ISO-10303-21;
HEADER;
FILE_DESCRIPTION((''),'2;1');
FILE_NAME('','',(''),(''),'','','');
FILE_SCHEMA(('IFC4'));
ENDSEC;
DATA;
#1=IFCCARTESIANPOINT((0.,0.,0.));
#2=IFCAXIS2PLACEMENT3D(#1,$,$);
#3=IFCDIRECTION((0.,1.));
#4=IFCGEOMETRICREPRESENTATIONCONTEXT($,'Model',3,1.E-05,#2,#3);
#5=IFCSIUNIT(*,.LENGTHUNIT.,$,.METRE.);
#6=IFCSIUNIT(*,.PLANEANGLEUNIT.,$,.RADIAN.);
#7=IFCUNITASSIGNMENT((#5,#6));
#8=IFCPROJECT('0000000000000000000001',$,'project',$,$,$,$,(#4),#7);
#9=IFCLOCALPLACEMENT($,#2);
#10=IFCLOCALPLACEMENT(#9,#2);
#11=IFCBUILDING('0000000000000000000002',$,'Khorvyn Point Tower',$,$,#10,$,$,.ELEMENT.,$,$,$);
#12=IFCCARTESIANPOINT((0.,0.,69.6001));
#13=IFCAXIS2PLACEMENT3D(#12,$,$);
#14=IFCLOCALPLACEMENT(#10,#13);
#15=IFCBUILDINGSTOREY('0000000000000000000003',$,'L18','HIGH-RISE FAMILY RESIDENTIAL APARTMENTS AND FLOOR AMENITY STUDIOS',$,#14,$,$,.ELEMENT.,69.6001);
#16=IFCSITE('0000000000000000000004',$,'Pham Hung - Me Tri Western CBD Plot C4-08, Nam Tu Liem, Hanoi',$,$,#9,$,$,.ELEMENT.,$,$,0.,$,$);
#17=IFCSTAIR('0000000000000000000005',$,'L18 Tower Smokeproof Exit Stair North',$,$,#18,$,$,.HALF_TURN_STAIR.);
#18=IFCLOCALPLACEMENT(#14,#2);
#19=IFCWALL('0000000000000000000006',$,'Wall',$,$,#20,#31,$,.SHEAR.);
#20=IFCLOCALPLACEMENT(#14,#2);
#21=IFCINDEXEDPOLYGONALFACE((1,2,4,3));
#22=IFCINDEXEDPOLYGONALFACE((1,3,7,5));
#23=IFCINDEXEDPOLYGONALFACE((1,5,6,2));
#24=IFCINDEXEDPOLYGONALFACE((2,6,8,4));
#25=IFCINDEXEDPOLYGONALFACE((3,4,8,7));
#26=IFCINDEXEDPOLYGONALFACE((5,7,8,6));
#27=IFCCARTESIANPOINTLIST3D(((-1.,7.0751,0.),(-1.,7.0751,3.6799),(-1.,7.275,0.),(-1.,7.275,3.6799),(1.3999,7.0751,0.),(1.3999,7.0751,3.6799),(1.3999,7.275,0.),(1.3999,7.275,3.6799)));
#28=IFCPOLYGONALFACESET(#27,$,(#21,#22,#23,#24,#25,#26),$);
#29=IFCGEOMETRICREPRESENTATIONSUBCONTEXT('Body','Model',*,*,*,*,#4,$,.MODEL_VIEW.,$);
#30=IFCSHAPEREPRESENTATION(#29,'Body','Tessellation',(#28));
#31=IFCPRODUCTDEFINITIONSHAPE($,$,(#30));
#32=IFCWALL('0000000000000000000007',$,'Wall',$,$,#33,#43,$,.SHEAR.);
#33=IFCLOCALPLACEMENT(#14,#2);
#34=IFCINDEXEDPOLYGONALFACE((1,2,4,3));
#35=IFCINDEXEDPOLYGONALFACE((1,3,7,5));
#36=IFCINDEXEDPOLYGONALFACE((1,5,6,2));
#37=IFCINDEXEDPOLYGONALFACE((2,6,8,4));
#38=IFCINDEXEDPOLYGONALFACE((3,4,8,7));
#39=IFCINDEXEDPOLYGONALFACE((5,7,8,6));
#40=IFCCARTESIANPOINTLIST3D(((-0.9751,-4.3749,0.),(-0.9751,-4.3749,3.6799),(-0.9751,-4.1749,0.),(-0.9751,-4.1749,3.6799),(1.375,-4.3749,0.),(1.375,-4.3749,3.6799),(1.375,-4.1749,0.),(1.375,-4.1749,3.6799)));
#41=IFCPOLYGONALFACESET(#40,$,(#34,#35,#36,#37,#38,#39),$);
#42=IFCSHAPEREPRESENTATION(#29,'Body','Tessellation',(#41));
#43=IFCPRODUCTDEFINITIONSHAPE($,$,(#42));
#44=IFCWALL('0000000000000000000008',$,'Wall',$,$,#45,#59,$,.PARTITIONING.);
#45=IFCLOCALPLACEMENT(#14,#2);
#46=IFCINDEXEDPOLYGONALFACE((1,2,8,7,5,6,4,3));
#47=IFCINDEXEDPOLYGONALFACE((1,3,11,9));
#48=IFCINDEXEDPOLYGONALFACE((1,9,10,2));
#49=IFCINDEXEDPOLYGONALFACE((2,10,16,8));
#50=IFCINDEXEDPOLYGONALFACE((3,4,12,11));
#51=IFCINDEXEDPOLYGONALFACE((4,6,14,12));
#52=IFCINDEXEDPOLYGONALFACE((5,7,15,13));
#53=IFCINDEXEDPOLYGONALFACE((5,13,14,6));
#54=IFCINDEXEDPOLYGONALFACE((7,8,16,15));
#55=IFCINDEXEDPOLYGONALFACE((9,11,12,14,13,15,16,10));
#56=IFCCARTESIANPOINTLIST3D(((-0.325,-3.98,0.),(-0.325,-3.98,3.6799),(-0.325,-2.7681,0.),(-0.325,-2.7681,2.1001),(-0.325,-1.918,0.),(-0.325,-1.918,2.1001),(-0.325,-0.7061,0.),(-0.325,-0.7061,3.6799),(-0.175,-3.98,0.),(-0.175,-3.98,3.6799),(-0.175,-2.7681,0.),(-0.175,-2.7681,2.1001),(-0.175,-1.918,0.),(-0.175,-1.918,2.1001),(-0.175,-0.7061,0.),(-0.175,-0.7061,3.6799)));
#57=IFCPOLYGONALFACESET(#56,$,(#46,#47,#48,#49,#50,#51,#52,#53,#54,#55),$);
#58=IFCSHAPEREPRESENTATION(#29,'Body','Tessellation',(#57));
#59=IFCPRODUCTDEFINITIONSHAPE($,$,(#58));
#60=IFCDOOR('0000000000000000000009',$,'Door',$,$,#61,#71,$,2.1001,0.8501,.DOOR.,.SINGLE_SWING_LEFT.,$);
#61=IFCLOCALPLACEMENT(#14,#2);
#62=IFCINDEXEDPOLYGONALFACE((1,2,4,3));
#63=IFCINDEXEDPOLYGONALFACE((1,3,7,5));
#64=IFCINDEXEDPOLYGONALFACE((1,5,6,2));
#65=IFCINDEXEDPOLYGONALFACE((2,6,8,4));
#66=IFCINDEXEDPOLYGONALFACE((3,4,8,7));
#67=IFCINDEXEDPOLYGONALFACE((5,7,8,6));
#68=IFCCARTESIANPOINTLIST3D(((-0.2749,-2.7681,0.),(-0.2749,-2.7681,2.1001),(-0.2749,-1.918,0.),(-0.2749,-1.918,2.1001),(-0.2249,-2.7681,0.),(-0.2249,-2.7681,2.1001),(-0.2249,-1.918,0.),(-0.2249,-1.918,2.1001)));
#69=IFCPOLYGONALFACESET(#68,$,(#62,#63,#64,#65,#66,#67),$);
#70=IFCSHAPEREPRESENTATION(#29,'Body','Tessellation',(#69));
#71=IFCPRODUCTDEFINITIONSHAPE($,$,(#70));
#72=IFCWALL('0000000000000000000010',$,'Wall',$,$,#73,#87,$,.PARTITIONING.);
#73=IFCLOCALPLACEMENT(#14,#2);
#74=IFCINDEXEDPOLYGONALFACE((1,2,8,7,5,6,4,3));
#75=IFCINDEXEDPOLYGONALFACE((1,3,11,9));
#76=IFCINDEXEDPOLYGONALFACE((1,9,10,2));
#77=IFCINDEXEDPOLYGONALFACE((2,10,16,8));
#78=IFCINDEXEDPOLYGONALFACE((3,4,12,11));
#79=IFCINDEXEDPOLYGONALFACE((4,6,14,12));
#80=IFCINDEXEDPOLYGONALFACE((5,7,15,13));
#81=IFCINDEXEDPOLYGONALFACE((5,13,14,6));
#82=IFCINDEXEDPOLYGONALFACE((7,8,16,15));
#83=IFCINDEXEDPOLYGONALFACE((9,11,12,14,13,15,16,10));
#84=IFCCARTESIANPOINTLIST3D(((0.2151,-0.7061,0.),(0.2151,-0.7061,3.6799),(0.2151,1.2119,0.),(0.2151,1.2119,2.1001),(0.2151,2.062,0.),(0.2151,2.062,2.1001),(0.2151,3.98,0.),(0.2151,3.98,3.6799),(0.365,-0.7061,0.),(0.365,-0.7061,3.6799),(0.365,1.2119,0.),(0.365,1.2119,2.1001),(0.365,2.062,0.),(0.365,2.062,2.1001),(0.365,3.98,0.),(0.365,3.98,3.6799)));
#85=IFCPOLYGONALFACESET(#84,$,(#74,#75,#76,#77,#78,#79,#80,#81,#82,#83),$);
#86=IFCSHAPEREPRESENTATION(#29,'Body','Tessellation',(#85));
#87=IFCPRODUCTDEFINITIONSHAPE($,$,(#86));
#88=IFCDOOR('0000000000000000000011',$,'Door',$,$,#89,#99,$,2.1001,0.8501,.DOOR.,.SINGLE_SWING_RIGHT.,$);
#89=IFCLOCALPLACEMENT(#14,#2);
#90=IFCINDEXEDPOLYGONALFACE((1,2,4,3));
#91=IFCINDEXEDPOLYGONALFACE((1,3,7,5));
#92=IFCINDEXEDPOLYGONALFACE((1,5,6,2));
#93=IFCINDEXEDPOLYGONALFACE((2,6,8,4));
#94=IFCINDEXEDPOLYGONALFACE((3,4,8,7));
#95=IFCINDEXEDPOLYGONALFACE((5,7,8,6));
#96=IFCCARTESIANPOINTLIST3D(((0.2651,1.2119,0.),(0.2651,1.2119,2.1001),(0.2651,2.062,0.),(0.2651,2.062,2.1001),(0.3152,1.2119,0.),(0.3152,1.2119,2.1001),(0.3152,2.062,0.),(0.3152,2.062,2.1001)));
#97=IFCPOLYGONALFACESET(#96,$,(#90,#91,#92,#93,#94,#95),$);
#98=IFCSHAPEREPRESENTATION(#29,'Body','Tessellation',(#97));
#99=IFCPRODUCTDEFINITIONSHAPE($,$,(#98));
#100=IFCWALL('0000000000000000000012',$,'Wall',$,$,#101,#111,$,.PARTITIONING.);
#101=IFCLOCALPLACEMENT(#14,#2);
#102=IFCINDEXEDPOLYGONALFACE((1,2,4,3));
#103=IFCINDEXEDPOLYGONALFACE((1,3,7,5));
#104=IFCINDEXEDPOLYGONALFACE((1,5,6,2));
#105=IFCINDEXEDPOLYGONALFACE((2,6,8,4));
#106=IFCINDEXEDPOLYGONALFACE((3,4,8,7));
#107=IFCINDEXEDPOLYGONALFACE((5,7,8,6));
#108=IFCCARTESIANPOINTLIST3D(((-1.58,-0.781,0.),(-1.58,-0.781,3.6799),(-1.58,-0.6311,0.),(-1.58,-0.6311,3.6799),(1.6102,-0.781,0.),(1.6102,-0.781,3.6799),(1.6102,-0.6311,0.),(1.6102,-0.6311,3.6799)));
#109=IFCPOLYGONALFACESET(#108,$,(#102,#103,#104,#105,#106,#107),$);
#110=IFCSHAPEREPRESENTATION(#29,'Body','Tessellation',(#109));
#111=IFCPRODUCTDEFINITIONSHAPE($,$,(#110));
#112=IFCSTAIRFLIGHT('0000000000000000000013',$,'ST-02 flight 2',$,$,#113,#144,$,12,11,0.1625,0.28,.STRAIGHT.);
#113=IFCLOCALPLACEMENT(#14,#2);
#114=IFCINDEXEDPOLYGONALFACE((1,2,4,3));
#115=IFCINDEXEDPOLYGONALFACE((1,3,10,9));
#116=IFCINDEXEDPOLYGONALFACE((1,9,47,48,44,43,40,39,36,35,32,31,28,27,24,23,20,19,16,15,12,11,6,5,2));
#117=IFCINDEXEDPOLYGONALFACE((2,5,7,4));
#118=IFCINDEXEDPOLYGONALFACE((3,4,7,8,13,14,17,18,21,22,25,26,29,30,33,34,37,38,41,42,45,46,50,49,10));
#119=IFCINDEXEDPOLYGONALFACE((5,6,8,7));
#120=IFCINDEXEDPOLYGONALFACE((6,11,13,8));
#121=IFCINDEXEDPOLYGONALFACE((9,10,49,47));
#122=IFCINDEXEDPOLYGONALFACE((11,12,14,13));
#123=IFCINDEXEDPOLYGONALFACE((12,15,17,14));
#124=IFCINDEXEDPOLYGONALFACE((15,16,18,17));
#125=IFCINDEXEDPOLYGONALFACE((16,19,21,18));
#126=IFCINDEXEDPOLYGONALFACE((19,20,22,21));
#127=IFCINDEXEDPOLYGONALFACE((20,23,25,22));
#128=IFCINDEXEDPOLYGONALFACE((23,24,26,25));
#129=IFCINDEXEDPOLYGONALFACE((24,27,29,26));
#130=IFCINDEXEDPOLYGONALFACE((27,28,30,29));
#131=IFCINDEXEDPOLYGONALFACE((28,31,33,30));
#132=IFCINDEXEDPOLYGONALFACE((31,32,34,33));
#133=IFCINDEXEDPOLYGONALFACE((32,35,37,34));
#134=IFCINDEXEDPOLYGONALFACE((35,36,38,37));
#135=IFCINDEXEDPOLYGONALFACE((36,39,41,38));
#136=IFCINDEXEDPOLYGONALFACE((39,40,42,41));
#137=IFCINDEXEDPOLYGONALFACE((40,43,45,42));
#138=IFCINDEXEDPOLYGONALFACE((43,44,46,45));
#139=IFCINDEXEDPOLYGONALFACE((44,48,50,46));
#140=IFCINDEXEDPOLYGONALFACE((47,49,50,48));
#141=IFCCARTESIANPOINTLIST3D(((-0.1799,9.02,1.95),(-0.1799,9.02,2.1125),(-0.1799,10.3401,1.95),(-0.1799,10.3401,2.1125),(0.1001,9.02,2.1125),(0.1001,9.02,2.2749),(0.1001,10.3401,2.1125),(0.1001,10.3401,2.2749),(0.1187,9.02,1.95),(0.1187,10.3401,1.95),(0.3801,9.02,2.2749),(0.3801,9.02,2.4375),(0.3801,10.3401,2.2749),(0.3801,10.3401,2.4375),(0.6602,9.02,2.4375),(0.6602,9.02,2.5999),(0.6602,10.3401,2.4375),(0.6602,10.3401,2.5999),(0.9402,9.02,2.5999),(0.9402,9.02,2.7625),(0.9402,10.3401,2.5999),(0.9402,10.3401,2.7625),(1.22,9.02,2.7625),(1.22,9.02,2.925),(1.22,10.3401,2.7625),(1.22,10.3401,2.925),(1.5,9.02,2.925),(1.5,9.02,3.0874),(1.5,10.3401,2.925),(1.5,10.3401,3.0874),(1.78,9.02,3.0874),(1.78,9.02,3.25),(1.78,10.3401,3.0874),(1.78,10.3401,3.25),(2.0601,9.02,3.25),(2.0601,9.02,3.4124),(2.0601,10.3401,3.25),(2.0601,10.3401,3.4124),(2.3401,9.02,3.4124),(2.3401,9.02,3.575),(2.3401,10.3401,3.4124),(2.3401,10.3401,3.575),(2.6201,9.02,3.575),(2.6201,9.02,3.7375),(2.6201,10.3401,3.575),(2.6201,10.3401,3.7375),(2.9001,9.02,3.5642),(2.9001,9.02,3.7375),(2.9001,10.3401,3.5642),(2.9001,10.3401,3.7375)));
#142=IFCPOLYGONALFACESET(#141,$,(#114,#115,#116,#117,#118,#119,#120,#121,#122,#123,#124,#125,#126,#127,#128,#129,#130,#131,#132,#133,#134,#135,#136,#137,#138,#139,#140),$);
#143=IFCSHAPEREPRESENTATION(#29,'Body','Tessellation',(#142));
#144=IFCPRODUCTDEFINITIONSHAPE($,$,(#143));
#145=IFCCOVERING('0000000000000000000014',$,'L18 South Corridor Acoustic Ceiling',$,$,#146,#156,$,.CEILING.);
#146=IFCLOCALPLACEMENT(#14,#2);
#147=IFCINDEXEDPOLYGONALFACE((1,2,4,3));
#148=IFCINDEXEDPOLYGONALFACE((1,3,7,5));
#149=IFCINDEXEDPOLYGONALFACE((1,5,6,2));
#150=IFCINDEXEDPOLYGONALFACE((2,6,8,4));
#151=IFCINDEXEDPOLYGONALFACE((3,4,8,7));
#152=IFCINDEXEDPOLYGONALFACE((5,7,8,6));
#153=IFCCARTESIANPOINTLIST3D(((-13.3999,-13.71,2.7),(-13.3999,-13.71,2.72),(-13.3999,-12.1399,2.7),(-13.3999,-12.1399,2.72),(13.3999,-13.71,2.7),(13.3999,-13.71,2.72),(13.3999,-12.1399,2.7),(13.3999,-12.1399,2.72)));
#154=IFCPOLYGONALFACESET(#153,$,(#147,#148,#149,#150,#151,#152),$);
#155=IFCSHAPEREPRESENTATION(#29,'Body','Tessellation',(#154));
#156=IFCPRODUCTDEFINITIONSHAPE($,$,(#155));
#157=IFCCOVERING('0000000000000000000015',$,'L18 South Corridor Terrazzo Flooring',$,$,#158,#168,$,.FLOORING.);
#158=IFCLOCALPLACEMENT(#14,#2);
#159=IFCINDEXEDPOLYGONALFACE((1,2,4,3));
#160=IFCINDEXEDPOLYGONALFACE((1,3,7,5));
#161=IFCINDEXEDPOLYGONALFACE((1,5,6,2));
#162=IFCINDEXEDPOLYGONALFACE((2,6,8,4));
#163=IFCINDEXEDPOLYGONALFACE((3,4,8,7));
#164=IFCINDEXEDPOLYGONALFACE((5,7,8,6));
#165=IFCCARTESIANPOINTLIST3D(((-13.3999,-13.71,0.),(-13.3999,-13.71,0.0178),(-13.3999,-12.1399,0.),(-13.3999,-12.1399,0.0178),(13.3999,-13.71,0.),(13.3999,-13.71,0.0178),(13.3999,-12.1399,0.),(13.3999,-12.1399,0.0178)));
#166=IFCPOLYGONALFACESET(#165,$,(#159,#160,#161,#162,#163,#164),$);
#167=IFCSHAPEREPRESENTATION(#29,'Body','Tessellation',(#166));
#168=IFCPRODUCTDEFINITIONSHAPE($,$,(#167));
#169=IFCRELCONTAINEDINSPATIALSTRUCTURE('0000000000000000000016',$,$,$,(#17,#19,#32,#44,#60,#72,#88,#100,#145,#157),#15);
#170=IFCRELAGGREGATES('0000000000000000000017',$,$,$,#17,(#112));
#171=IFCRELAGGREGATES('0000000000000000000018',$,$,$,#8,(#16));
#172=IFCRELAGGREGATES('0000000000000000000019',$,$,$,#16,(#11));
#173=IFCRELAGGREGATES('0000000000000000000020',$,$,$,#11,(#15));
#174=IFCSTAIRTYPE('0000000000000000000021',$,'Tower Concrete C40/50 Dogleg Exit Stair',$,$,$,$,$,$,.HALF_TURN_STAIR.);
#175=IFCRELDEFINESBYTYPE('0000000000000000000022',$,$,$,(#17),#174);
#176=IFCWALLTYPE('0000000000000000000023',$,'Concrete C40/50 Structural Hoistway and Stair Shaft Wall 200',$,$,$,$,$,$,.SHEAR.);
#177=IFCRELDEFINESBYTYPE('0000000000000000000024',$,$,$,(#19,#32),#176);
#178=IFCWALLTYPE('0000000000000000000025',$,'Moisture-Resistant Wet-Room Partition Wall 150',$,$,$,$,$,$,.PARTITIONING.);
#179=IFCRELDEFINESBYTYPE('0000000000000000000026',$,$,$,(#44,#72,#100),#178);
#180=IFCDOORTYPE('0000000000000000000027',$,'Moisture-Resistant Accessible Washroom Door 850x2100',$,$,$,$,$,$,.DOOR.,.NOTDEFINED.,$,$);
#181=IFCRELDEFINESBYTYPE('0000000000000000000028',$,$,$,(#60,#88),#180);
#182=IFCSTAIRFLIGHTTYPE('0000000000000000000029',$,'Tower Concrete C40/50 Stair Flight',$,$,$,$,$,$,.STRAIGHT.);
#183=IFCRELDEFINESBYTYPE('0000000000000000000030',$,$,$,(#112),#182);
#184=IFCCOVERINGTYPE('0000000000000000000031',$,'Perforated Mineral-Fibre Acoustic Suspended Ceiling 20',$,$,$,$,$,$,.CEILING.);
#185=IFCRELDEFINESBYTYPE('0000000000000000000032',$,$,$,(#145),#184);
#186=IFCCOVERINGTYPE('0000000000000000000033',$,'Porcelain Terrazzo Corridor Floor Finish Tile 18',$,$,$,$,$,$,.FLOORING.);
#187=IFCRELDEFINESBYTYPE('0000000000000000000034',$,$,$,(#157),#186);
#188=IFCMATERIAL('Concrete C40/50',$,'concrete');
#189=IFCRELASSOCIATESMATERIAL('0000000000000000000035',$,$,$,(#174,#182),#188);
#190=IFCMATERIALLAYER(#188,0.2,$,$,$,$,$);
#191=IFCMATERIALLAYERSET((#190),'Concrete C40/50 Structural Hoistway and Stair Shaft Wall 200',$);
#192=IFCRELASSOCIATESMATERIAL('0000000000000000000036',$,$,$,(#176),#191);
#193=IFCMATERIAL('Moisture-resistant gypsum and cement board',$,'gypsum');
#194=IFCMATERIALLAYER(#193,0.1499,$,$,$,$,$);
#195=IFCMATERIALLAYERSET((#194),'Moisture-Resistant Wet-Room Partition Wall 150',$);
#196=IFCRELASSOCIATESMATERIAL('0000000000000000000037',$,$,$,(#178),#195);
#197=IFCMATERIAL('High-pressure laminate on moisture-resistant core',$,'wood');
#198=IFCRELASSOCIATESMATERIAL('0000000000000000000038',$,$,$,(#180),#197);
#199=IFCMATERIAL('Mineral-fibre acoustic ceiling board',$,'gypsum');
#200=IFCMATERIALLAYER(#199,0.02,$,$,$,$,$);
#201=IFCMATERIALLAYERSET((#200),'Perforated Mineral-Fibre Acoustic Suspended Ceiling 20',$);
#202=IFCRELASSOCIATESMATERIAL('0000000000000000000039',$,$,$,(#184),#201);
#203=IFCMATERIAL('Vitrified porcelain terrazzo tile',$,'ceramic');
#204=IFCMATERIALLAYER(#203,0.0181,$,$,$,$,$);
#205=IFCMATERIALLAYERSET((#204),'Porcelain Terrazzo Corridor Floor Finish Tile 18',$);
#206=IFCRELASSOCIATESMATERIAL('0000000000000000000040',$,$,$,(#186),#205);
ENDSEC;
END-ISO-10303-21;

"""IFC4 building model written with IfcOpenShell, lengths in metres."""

from ifc_helpers import new_model, si_unit, direction, frame, frame_2d, origin, place, context, subcontext, project, spatial, polyline, rectangle, outline, extrude, material, layer, layer_set, type_object, element, fill, aggregate, save


model = new_model("IFC4")

# Units and contexts
model_context = context("Model", 3, precision=1e-05, world=origin(), true_north=direction((0.0, 1.0)))
body_context = subcontext(model_context, "Body", "Model", "MODEL_VIEW")
ifc_project = project(units=[si_unit("LENGTHUNIT", "METRE"), si_unit("PLANEANGLEUNIT", "RADIAN")], contexts=[model_context])

# Site, building, storey
site_placement = place(None, origin())
site = spatial("IfcSite", under=ifc_project, at=site_placement, Name="Pham Hung - Me Tri Western CBD Plot C4-08, Nam Tu Liem, Hanoi", CompositionType="ELEMENT", RefElevation=0.0)
building_placement = place(site_placement, origin())
building = spatial("IfcBuilding", under=site, at=building_placement, Name="Khorvyn Point Tower", CompositionType="ELEMENT")
storey_placement = place(building_placement, frame((0.0, 0.0, 69.6001)))
storey = spatial("IfcBuildingStorey", under=building, at=storey_placement, Name="L18", Description="HIGH-RISE FAMILY RESIDENTIAL APARTMENTS AND FLOOR AMENITY STUDIOS", CompositionType="ELEMENT", Elevation=69.6001)

# Shared definitions
ifc_material_1 = material(Name="Concrete C40/50", Category="concrete")

# Stair
stair_type = type_object("IfcStairType", Name="Tower Concrete C40/50 Dogleg Exit Stair", PredefinedType="HALF_TURN_STAIR", material=ifc_material_1)
stair_1_placement = place(storey_placement, origin())
stair_1 = element("IfcStair", 1, at=stair_1_placement, inside=storey, type_object=stair_type, Name="L18 Tower Smokeproof Exit Stair North", PredefinedType="HALF_TURN_STAIR")

# Shared definitions
ifc_layer_1 = layer(ifc_material_1, 0.2)
ifc_layer_set_1 = layer_set([ifc_layer_1], Name="Concrete C40/50 Structural Hoistway and Stair Shaft Wall 200")
wall_type_1 = type_object("IfcWallType", Name="Concrete C40/50 Structural Hoistway and Stair Shaft Wall 200", PredefinedType="SHEAR", material=ifc_layer_set_1)

# Walls
for number, where, z_axis, x_axis, name in (
    (2, (-1.0, 7.175, 0.0), (0.0, 0.0, 1.0), (1.0, 0.0, 0.0), "Wall"),
):
    element("IfcWall", number, at=place(storey_placement, frame(where, z_axis=z_axis, x_axis=x_axis)), inside=storey, type_object=wall_type_1, Name=name, PredefinedType="SHEAR", context=body_context, shape_type="SweptSolid", body=[
        extrude(rectangle(XDim=2.3999, YDim=0.2, at=frame_2d((1.2, 0.0))), origin(), (0.0, 0.0, 1.0), 3.6799),
    ])
wall_1_placement = place(storey_placement, frame((-0.9751, -4.2749, 0.0), z_axis=(0.0, 0.0, 1.0), x_axis=(1.0, 0.0, 0.0)))
element("IfcWall", 3, at=wall_1_placement, inside=storey, type_object=wall_type_1, Name="Wall", PredefinedType="SHEAR", context=body_context, shape_type="SweptSolid", body=[
    extrude(rectangle(XDim=2.3501, YDim=0.2, at=frame_2d((1.175, 0.0))), origin(), (0.0, 0.0, 1.0), 3.6799),
])

# Walls, openings, doors
ifc_material_2 = material(Name="Moisture-resistant gypsum and cement board", Category="gypsum")
ifc_layer_2 = layer(ifc_material_2, 0.1499)
ifc_layer_set_2 = layer_set([ifc_layer_2], Name="Moisture-Resistant Wet-Room Partition Wall 150")
wall_type_2 = type_object("IfcWallType", Name="Moisture-Resistant Wet-Room Partition Wall 150", PredefinedType="PARTITIONING", material=ifc_layer_set_2)
wall_2_placement = place(storey_placement, frame((-0.25, -3.98, 0.0), z_axis=(0.0, 0.0, 1.0), x_axis=(0.0, 1.0, 0.0)))
wall_2 = element("IfcWall", 4, at=wall_2_placement, inside=storey, type_object=wall_type_2, Name="Wall", PredefinedType="PARTITIONING", context=body_context, shape_type="SweptSolid", body=[
    extrude(rectangle(XDim=3.2739, YDim=0.1499, at=frame_2d((1.637, 0.0))), origin(), (0.0, 0.0, 1.0), 3.6799),
])
opening_1_placement = place(wall_2_placement, frame((1.2119, 0.0, 0.0)))
opening_1 = element("IfcOpeningElement", 5, at=opening_1_placement, cuts=wall_2, PredefinedType="OPENING", context=body_context, shape_type="SweptSolid", body=[
    extrude(rectangle(XDim=0.8501, YDim=2.1001, at=frame_2d((0.425, 1.05))), frame((0.0, 0.085, 0.0), z_axis=(0.0, -1.0, 0.0), x_axis=(1.0, 0.0, 0.0)), (0.0, 0.0, 1.0), 0.1699),
])
ifc_material_3 = material(Name="High-pressure laminate on moisture-resistant core", Category="wood")
door_type_1 = type_object("IfcDoorType", Name="Moisture-Resistant Accessible Washroom Door 850x2100", OperationType="NOTDEFINED", PredefinedType="DOOR", material=ifc_material_3)
door_1_placement = place(opening_1_placement, origin())
door_1 = element("IfcDoor", 6, at=door_1_placement, inside=storey, type_object=door_type_1, Name="Door", OperationType="SINGLE_SWING_LEFT", OverallHeight=2.1001, OverallWidth=0.8501, PredefinedType="DOOR", context=body_context, shape_type="SweptSolid", body=[
    extrude(rectangle(XDim=0.8501, YDim=2.1001, at=frame_2d((0.425, 1.05))), frame((0.0, 0.0249, 0.0), z_axis=(0.0, -1.0, 0.0), x_axis=(1.0, 0.0, 0.0)), (0.0, 0.0, 1.0), 0.05),
])
fill(opening_1, door_1)
wall_3_placement = place(storey_placement, frame((0.29, -0.7061, 0.0), z_axis=(0.0, 0.0, 1.0), x_axis=(0.0, 1.0, 0.0)))
wall_3 = element("IfcWall", 7, at=wall_3_placement, inside=storey, type_object=wall_type_2, Name="Wall", PredefinedType="PARTITIONING", context=body_context, shape_type="SweptSolid", body=[
    extrude(rectangle(XDim=4.686, YDim=0.1499, at=frame_2d((2.343, 0.0))), origin(), (0.0, 0.0, 1.0), 3.6799),
])
opening_2_placement = place(wall_3_placement, frame((1.918, 0.0, 0.0)))
opening_2 = element("IfcOpeningElement", 8, at=opening_2_placement, cuts=wall_3, PredefinedType="OPENING", context=body_context, shape_type="SweptSolid", body=[
    extrude(rectangle(XDim=0.8501, YDim=2.1001, at=frame_2d((0.425, 1.05))), frame((0.0, 0.085, 0.0), z_axis=(0.0, -1.0, 0.0), x_axis=(1.0, 0.0, 0.0)), (0.0, 0.0, 1.0), 0.1699),
])
door_2_placement = place(opening_2_placement, origin())
door_2 = element("IfcDoor", 9, at=door_2_placement, inside=storey, type_object=door_type_1, Name="Door", OperationType="SINGLE_SWING_RIGHT", OverallHeight=2.1001, OverallWidth=0.8501, PredefinedType="DOOR", context=body_context, shape_type="SweptSolid", body=[
    extrude(rectangle(XDim=0.8501, YDim=2.1001, at=frame_2d((0.425, 1.05))), frame((0.0, 0.0249, 0.0), z_axis=(0.0, -1.0, 0.0), x_axis=(1.0, 0.0, 0.0)), (0.0, 0.0, 1.0), 0.05),
])
fill(opening_2, door_2)

# Wall
wall_4_placement = place(storey_placement, frame((-1.5801, -0.7061, 0.0), z_axis=(0.0, 0.0, 1.0), x_axis=(1.0, 0.0, 0.0)))
element("IfcWall", 10, at=wall_4_placement, inside=storey, type_object=wall_type_2, Name="Wall", PredefinedType="PARTITIONING", context=body_context, shape_type="SweptSolid", body=[
    extrude(rectangle(XDim=3.1902, YDim=0.1499, at=frame_2d((1.5952, 0.0))), origin(), (0.0, 0.0, 1.0), 3.6799),
])

# Stair flight
stair_flight_type = type_object("IfcStairFlightType", Name="Tower Concrete C40/50 Stair Flight", PredefinedType="STRAIGHT", material=ifc_material_1)
stair_flight_placement = place(storey_placement, frame((-0.1799, 9.6799, 1.95), z_axis=(0.0, 0.0, 1.0), x_axis=(1.0, 0.0, 0.0)))
stair_flight = element("IfcStairFlight", 11, at=stair_flight_placement, type_object=stair_flight_type, Name="ST-02 flight 2", NumberOfRisers=12, NumberOfTreads=11, PredefinedType="STRAIGHT", RiserHeight=0.1625, TreadLength=0.28, context=body_context, shape_type="SweptSolid", body=[
    extrude(outline(polyline([(0.0, 0.0), (0.0, 0.1626), (0.28, 0.1626), (0.28, 0.325), (0.5601, 0.325), (0.5601, 0.4875), (0.8401, 0.4875), (0.8401, 0.6499), (1.1201, 0.6499), (1.1201, 0.8125), (1.3999, 0.8125), (1.3999, 0.9751), (1.6799, 0.9751), (1.6799, 1.1375), (1.96, 1.1375), (1.96, 1.3), (2.24, 1.3), (2.24, 1.4624), (2.52, 1.4624), (2.52, 1.625), (2.8, 1.625), (2.8, 1.7876), (3.0801, 1.7876), (3.0801, 1.95), (3.0801, 1.6143), (0.2986, 0.0), (0.0, 0.0)])), frame((0.0, 0.6602, 0.0), z_axis=(0.0, -1.0, 0.0), x_axis=(1.0, 0.0, 0.0)), (0.0, 0.0, 1.0), 1.3201),
])
aggregate(stair_1, [stair_flight])

# Coverings
ifc_material_4 = material(Name="Mineral-fibre acoustic ceiling board", Category="gypsum")
ifc_layer_3 = layer(ifc_material_4, 0.02)
ifc_layer_set_3 = layer_set([ifc_layer_3], Name="Perforated Mineral-Fibre Acoustic Suspended Ceiling 20")
covering_type_1 = type_object("IfcCoveringType", Name="Perforated Mineral-Fibre Acoustic Suspended Ceiling 20", PredefinedType="CEILING", material=ifc_layer_set_3)
covering_1_placement = place(storey_placement, frame((0.0, 0.0, 2.7)))
element("IfcCovering", 12, at=covering_1_placement, inside=storey, type_object=covering_type_1, Name="L18 South Corridor Acoustic Ceiling", PredefinedType="CEILING", context=body_context, shape_type="SweptSolid", body=[
    extrude(outline(polyline([(-13.3999, -13.71), (13.3999, -13.71), (13.3999, -12.1399), (-13.3999, -12.1399), (-13.3999, -13.71)])), origin(), (0.0, 0.0, 1.0), 0.02),
])
ifc_material_5 = material(Name="Vitrified porcelain terrazzo tile", Category="ceramic")
ifc_layer_4 = layer(ifc_material_5, 0.0181)
ifc_layer_set_4 = layer_set([ifc_layer_4], Name="Porcelain Terrazzo Corridor Floor Finish Tile 18")
covering_type_2 = type_object("IfcCoveringType", Name="Porcelain Terrazzo Corridor Floor Finish Tile 18", PredefinedType="FLOORING", material=ifc_layer_set_4)
covering_2_placement = place(storey_placement, origin())
element("IfcCovering", 13, at=covering_2_placement, inside=storey, type_object=covering_type_2, Name="L18 South Corridor Terrazzo Flooring", PredefinedType="FLOORING", context=body_context, shape_type="SweptSolid", body=[
    extrude(outline(polyline([(-13.3999, -13.71), (13.3999, -13.71), (13.3999, -12.1399), (-13.3999, -12.1399), (-13.3999, -13.71)])), origin(), (0.0, 0.0, 1.0), 0.0178),
])

save(model, "model.ifc")
